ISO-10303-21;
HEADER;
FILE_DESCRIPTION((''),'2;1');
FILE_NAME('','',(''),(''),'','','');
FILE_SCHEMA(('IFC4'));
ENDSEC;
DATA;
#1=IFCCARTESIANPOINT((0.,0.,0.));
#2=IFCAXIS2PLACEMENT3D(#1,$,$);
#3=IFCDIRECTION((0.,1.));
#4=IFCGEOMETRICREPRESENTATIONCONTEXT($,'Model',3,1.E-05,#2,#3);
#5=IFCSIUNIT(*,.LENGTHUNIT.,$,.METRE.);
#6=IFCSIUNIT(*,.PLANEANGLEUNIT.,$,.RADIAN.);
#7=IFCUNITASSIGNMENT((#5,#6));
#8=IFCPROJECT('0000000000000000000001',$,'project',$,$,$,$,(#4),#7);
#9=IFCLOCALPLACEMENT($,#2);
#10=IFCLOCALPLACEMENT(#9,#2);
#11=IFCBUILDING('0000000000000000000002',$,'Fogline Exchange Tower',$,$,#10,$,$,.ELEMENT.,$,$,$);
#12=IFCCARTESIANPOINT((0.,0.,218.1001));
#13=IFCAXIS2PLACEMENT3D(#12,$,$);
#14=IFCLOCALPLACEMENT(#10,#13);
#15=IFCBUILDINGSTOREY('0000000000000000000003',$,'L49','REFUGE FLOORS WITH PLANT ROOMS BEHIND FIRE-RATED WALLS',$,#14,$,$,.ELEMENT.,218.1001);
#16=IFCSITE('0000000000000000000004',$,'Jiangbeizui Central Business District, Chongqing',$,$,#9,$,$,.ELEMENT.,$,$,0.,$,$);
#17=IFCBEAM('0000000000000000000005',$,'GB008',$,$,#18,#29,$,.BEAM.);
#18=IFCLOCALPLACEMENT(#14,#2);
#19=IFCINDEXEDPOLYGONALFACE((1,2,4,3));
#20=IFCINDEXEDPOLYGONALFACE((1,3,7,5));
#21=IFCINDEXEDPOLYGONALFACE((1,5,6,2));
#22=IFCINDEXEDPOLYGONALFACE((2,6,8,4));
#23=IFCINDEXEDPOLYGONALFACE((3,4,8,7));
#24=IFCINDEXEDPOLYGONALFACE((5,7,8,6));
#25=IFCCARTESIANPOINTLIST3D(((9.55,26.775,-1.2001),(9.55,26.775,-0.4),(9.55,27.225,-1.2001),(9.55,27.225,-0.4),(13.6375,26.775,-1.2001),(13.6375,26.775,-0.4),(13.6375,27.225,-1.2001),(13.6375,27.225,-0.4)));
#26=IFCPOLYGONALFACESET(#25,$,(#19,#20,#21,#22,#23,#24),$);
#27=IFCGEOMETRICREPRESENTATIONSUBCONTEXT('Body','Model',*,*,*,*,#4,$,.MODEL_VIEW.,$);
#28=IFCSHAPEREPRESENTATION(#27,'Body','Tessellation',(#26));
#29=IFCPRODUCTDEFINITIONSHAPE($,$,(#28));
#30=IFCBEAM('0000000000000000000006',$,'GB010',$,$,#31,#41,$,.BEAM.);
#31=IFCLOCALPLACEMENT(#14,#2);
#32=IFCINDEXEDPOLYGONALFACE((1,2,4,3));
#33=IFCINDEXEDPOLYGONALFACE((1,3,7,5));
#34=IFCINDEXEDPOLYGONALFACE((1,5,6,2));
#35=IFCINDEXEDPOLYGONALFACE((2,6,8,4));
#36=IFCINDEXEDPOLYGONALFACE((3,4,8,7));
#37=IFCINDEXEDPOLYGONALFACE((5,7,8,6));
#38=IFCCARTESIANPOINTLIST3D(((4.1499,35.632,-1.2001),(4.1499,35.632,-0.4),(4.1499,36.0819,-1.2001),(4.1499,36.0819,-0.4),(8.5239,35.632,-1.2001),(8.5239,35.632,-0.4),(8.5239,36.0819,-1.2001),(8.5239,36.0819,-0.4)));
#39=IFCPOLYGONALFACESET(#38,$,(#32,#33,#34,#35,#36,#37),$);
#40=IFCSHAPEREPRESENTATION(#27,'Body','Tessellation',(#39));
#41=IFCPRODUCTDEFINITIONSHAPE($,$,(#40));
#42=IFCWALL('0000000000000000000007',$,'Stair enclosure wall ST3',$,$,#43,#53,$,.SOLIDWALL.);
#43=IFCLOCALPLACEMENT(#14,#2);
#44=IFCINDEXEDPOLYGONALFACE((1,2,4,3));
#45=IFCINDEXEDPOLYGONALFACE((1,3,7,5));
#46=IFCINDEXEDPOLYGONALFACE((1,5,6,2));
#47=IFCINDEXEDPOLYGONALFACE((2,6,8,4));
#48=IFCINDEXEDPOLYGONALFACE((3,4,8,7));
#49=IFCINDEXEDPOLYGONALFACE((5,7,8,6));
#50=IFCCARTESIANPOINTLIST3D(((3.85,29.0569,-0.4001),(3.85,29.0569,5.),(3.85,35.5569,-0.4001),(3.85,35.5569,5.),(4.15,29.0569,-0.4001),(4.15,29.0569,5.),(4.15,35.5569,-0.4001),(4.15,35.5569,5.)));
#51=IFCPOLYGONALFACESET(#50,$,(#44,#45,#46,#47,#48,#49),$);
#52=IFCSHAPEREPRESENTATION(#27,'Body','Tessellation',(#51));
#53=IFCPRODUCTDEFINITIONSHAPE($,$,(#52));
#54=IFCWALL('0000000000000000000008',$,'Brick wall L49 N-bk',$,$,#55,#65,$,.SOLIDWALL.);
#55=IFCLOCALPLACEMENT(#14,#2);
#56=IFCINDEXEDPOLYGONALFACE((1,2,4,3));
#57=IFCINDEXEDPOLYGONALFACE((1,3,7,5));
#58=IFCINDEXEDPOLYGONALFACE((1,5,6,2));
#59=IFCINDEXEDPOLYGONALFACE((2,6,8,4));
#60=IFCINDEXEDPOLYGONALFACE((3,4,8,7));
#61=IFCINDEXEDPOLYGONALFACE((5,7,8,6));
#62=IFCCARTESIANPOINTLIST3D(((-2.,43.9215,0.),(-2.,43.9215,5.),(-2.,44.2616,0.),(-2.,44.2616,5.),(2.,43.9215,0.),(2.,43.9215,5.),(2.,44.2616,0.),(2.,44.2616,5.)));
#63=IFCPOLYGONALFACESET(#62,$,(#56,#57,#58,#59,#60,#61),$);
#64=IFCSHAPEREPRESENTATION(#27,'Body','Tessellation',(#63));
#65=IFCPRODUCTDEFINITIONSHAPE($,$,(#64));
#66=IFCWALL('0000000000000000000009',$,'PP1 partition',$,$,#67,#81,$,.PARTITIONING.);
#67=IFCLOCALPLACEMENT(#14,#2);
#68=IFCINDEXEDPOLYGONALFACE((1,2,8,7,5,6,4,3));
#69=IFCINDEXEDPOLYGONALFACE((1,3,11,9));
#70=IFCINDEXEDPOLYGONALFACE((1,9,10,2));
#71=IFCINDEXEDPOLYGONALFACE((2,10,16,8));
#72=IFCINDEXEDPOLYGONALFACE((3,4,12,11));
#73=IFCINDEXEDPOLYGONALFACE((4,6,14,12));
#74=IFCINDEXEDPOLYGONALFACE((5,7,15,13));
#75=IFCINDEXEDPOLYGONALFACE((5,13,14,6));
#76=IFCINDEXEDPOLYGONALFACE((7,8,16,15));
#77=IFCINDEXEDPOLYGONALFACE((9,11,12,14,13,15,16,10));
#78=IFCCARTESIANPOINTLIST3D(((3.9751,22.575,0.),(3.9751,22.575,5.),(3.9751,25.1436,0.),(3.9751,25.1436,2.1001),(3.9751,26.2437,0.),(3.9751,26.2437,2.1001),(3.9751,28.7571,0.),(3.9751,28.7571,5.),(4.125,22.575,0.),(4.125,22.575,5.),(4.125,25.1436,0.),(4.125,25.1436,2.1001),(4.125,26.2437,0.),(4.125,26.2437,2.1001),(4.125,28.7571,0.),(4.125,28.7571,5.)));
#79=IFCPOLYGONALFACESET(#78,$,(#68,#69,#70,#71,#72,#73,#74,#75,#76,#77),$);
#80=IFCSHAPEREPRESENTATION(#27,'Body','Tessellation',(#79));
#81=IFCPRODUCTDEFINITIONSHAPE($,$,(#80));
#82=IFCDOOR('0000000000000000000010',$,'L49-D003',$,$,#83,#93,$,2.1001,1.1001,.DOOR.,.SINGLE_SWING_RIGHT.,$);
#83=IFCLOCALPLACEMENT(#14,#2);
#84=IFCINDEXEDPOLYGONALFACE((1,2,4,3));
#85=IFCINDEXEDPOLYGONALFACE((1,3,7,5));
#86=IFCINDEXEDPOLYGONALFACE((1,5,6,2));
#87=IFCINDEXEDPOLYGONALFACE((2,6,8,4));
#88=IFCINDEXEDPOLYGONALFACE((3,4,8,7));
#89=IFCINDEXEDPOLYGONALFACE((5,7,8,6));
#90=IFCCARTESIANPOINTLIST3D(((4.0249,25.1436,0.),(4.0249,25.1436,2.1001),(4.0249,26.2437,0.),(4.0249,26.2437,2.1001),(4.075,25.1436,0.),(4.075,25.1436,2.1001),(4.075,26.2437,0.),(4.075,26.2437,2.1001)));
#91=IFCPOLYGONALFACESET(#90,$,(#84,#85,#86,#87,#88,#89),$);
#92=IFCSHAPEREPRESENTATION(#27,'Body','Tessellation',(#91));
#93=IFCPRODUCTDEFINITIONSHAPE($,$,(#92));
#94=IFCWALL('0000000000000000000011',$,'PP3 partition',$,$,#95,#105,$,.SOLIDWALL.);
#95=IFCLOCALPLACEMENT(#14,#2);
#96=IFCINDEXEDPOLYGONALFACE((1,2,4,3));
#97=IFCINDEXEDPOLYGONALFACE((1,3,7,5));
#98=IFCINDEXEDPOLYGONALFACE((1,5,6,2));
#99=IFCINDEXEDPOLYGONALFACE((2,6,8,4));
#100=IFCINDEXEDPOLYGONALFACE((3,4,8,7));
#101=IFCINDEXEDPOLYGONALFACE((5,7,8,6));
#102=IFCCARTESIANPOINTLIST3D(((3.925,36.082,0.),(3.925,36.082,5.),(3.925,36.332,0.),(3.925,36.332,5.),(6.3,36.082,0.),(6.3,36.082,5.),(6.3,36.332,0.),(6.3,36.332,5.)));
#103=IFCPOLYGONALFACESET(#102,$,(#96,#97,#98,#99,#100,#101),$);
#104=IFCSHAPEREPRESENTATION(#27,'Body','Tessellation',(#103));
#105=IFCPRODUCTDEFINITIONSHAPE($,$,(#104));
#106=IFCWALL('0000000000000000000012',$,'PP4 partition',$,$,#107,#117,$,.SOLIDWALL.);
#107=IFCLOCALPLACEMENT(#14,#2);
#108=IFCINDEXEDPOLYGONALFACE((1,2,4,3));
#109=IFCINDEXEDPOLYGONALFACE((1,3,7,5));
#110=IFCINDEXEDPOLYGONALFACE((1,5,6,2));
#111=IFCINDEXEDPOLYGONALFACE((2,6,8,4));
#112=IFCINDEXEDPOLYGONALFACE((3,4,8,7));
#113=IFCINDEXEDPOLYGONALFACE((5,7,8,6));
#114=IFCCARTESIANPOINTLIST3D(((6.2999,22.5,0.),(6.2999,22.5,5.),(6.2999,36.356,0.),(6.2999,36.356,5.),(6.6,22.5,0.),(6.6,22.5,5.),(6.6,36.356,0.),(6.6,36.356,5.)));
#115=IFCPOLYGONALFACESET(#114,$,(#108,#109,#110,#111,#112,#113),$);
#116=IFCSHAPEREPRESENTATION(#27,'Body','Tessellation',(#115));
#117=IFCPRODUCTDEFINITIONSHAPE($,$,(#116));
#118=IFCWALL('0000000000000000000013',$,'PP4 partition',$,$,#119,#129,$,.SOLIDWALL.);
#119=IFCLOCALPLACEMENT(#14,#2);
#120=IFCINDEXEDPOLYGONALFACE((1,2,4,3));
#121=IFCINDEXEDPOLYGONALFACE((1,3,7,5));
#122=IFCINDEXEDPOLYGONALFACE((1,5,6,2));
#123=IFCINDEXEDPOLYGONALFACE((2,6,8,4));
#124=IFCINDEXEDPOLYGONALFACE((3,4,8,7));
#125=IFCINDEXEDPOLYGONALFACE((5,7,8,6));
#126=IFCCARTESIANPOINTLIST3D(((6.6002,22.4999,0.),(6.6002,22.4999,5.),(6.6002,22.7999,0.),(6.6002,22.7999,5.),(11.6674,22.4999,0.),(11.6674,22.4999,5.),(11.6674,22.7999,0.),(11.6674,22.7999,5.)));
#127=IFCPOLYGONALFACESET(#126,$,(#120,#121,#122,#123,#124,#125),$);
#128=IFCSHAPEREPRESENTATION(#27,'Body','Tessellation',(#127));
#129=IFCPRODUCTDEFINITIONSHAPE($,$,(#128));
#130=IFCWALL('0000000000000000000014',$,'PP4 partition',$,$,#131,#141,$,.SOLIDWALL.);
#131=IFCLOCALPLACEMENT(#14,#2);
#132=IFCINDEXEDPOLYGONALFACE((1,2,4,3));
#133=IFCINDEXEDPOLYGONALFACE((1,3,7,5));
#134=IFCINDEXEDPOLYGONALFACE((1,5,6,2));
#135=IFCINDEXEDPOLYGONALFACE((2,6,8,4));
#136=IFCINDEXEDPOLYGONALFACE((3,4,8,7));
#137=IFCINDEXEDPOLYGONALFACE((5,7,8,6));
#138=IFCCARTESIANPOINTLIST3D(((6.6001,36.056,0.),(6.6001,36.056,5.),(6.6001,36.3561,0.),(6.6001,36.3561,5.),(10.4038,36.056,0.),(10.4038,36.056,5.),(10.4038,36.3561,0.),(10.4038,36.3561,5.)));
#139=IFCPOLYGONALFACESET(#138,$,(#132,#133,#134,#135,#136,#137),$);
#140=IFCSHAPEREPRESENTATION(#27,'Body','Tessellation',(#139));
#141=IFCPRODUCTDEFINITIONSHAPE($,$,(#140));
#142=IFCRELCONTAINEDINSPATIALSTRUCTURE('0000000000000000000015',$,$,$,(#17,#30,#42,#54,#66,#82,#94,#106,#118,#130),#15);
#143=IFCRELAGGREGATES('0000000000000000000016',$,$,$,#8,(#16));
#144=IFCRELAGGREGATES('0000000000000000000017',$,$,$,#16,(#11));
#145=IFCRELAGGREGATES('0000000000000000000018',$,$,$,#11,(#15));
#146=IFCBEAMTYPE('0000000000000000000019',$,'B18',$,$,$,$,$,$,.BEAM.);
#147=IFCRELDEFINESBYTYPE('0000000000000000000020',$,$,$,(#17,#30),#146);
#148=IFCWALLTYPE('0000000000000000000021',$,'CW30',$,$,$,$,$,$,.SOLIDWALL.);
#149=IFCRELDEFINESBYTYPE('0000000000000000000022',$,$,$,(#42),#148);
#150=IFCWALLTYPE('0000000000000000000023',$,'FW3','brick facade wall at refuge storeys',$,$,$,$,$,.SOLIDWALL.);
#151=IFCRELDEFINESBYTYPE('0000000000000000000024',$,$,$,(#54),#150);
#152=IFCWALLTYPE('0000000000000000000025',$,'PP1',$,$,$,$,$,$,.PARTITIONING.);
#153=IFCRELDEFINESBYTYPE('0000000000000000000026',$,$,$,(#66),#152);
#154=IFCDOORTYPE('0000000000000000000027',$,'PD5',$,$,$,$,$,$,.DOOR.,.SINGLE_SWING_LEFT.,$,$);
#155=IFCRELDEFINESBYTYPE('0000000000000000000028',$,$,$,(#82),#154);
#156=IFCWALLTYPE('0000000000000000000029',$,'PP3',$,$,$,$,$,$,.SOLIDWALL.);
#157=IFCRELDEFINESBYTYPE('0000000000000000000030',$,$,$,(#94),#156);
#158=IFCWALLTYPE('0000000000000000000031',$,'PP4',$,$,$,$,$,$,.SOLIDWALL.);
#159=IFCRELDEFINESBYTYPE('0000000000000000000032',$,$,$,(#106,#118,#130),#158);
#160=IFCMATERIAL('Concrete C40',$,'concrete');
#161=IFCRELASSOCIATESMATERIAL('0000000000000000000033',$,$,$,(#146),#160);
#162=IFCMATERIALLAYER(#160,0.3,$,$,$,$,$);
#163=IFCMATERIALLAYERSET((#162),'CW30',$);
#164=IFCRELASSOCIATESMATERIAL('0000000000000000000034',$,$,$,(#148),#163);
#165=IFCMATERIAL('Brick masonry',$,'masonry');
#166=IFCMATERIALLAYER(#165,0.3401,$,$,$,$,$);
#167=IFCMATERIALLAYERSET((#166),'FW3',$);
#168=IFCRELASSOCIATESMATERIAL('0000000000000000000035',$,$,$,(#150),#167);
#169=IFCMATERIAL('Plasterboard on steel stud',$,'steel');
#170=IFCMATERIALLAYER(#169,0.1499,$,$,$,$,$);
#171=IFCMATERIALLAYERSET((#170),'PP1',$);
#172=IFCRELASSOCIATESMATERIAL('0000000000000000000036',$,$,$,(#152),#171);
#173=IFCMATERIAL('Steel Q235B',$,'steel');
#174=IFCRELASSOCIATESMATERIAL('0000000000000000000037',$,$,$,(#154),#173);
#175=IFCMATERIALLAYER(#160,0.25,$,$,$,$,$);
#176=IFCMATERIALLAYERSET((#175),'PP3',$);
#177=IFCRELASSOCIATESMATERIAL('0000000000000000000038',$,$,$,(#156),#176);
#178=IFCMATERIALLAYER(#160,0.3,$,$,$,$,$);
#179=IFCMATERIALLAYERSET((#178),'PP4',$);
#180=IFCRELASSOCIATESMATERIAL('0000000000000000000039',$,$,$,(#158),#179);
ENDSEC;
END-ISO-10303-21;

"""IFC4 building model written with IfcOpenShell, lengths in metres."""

from ifc_helpers import new_model, si_unit, direction, frame, frame_2d, origin, origin_2d, place, context, subcontext, project, spatial, rectangle, extrude, material, layer, layer_set, material_profile, profile_set, type_object, element, fill, save


model = new_model("IFC4")

# Units and contexts
model_context = context("Model", 3, precision=1e-05, world=origin(), true_north=direction((0.0, 1.0)))
body_context = subcontext(model_context, "Body", "Model", "MODEL_VIEW")
ifc_project = project(units=[si_unit("LENGTHUNIT", "METRE"), si_unit("PLANEANGLEUNIT", "RADIAN")], contexts=[model_context])

# Site, building, storey
site_placement = place(None, origin())
site = spatial("IfcSite", under=ifc_project, at=site_placement, Name="Jiangbeizui Central Business District, Chongqing", CompositionType="ELEMENT", RefElevation=0.0)
building_placement = place(site_placement, origin())
building = spatial("IfcBuilding", under=site, at=building_placement, Name="Fogline Exchange Tower", CompositionType="ELEMENT")
storey_placement = place(building_placement, frame((0.0, 0.0, 218.1001)))
storey = spatial("IfcBuildingStorey", under=building, at=storey_placement, Name="L49", Description="REFUGE FLOORS WITH PLANT ROOMS BEHIND FIRE-RATED WALLS", CompositionType="ELEMENT", Elevation=218.1001)

# Beams
ifc_material_1 = material(Name="Concrete C40", Category="concrete")
ifc_material_profile_1 = material_profile(ifc_material_1, rectangle(XDim=0.45, YDim=0.8, at=origin_2d()), Name="RC 450x800")
ifc_profile_set_1 = profile_set([ifc_material_profile_1], Name="Concrete C40")
beam_type_1 = type_object("IfcBeamType", Name="B18", PredefinedType="BEAM", material=ifc_profile_set_1)
beam_1_placement = place(storey_placement, frame((9.55, 27.0, -0.8), z_axis=(1.0, 0.0, 0.0), x_axis=(0.0, 1.0, 0.0)))
element("IfcBeam", 1, at=beam_1_placement, inside=storey, type_object=beam_type_1, Name="GB008", PredefinedType="BEAM", context=body_context, shape_type="SweptSolid", body=[
    extrude(rectangle(XDim=0.45, YDim=0.8, at=origin_2d()), origin(), (0.0, 0.0, 1.0), 4.0874),
])
beam_2_placement = place(storey_placement, frame((4.1499, 35.8569, -0.8), z_axis=(1.0, 0.0, 0.0), x_axis=(0.0, 1.0, 0.0)))
element("IfcBeam", 2, at=beam_2_placement, inside=storey, type_object=beam_type_1, Name="GB010", PredefinedType="BEAM", context=body_context, shape_type="SweptSolid", body=[
    extrude(rectangle(XDim=0.45, YDim=0.8, at=origin_2d()), origin(), (0.0, 0.0, 1.0), 4.374),
])

# Walls
ifc_layer_1 = layer(ifc_material_1, 0.3)
ifc_layer_set_1 = layer_set([ifc_layer_1], Name="CW30")
wall_type_1 = type_object("IfcWallType", Name="CW30", PredefinedType="SOLIDWALL", material=ifc_layer_set_1)
wall_1_placement = place(storey_placement, frame((4.0, 29.0569, -0.4001), z_axis=(0.0, 0.0, 1.0), x_axis=(0.0, 1.0, 0.0)))
element("IfcWall", 3, at=wall_1_placement, inside=storey, type_object=wall_type_1, Name="Stair enclosure wall ST3", PredefinedType="SOLIDWALL", context=body_context, shape_type="SweptSolid", body=[
    extrude(rectangle(XDim=6.5, YDim=0.3, at=frame_2d((3.25, 0.0))), origin(), (0.0, 0.0, 1.0), 5.4001),
])
ifc_material_2 = material(Name="Brick masonry", Category="masonry")
ifc_layer_2 = layer(ifc_material_2, 0.3401)
ifc_layer_set_2 = layer_set([ifc_layer_2], Name="FW3")
wall_type_2 = type_object("IfcWallType", Name="FW3", Description="brick facade wall at refuge storeys", PredefinedType="SOLIDWALL", material=ifc_layer_set_2)
wall_2_placement = place(storey_placement, frame((2.0, 44.0916, 0.0), z_axis=(0.0, 0.0, 1.0), x_axis=(-1.0, 0.0, 0.0)))
element("IfcWall", 4, at=wall_2_placement, inside=storey, type_object=wall_type_2, Name="Brick wall L49 N-bk", PredefinedType="SOLIDWALL", context=body_context, shape_type="SweptSolid", body=[
    extrude(rectangle(XDim=4.0, YDim=0.3401, at=frame_2d((2.0, 0.0))), origin(), (0.0, 0.0, 1.0), 5.0),
])

# Wall, opening, door
ifc_material_3 = material(Name="Plasterboard on steel stud", Category="steel")
ifc_layer_3 = layer(ifc_material_3, 0.1499)
ifc_layer_set_3 = layer_set([ifc_layer_3], Name="PP1")
wall_type_3 = type_object("IfcWallType", Name="PP1", PredefinedType="PARTITIONING", material=ifc_layer_set_3)
wall_3_placement = place(storey_placement, frame((4.05, 28.7571, 0.0), z_axis=(0.0, 0.0, 1.0), x_axis=(0.0, -1.0, 0.0)))
wall_3 = element("IfcWall", 5, at=wall_3_placement, inside=storey, type_object=wall_type_3, Name="PP1 partition", PredefinedType="PARTITIONING", context=body_context, shape_type="SweptSolid", body=[
    extrude(rectangle(XDim=6.1821, YDim=0.1499, at=frame_2d((3.0911, 0.0))), origin(), (0.0, 0.0, 1.0), 5.0),
])
opening_placement = place(wall_3_placement, frame((2.5134, 0.0, 0.0)))
opening = element("IfcOpeningElement", 6, at=opening_placement, cuts=wall_3, PredefinedType="OPENING", context=body_context, shape_type="SweptSolid", body=[
    extrude(rectangle(XDim=1.1001, YDim=2.1001, at=frame_2d((0.55, 1.05))), frame((0.0, 0.085, 0.0), z_axis=(0.0, -1.0, 0.0), x_axis=(1.0, 0.0, 0.0)), (0.0, 0.0, 1.0), 0.1699),
])
ifc_material_4 = material(Name="Steel Q235B", Category="steel")
door_type = type_object("IfcDoorType", Name="PD5", OperationType="SINGLE_SWING_LEFT", PredefinedType="DOOR", material=ifc_material_4)
door_placement = place(opening_placement, origin())
door = element("IfcDoor", 7, at=door_placement, inside=storey, type_object=door_type, Name="L49-D003", OperationType="SINGLE_SWING_RIGHT", OverallHeight=2.1001, OverallWidth=1.1001, PredefinedType="DOOR", context=body_context, shape_type="SweptSolid", body=[
    extrude(rectangle(XDim=1.1001, YDim=2.1001, at=frame_2d((0.55, 1.05))), frame((0.0, 0.0249, 0.0), z_axis=(0.0, -1.0, 0.0), x_axis=(1.0, 0.0, 0.0)), (0.0, 0.0, 1.0), 0.05),
])
fill(opening, door)

# Walls
ifc_layer_4 = layer(ifc_material_1, 0.25)
ifc_layer_set_4 = layer_set([ifc_layer_4], Name="PP3")
wall_type_4 = type_object("IfcWallType", Name="PP3", PredefinedType="SOLIDWALL", material=ifc_layer_set_4)
wall_4_placement = place(storey_placement, frame((3.925, 36.207, 0.0), z_axis=(0.0, 0.0, 1.0), x_axis=(1.0, 0.0, 0.0)))
element("IfcWall", 8, at=wall_4_placement, inside=storey, type_object=wall_type_4, Name="PP3 partition", PredefinedType="SOLIDWALL", context=body_context, shape_type="SweptSolid", body=[
    extrude(rectangle(XDim=2.375, YDim=0.25, at=frame_2d((1.1875, 0.0))), origin(), (0.0, 0.0, 1.0), 5.0),
])
ifc_layer_5 = layer(ifc_material_1, 0.3)
ifc_layer_set_5 = layer_set([ifc_layer_5], Name="PP4")
wall_type_5 = type_object("IfcWallType", Name="PP4", PredefinedType="SOLIDWALL", material=ifc_layer_set_5)
wall_5_placement = place(storey_placement, frame((6.45, 36.356, 0.0), z_axis=(0.0, 0.0, 1.0), x_axis=(0.0, -1.0, 0.0)))
element("IfcWall", 9, at=wall_5_placement, inside=storey, type_object=wall_type_5, Name="PP4 partition", PredefinedType="SOLIDWALL", context=body_context, shape_type="SweptSolid", body=[
    extrude(rectangle(XDim=13.856, YDim=0.3, at=frame_2d((6.928, 0.0))), origin(), (0.0, 0.0, 1.0), 5.0),
])
wall_6_placement = place(storey_placement, frame((6.6001, 22.6499, 0.0), z_axis=(0.0, 0.0, 1.0), x_axis=(1.0, 0.0, 0.0)))
element("IfcWall", 10, at=wall_6_placement, inside=storey, type_object=wall_type_5, Name="PP4 partition", PredefinedType="SOLIDWALL", context=body_context, shape_type="SweptSolid", body=[
    extrude(rectangle(XDim=5.0671, YDim=0.3, at=frame_2d((2.5337, 0.0))), origin(), (0.0, 0.0, 1.0), 5.0),
])
wall_7_placement = place(storey_placement, frame((10.4038, 36.2061, 0.0), z_axis=(0.0, 0.0, 1.0), x_axis=(-1.0, 0.0, 0.0)))
element("IfcWall", 11, at=wall_7_placement, inside=storey, type_object=wall_type_5, Name="PP4 partition", PredefinedType="SOLIDWALL", context=body_context, shape_type="SweptSolid", body=[
    extrude(rectangle(XDim=3.8037, YDim=0.3, at=frame_2d((1.9019, 0.0))), origin(), (0.0, 0.0, 1.0), 5.0),
])

save(model, "model.ifc")
